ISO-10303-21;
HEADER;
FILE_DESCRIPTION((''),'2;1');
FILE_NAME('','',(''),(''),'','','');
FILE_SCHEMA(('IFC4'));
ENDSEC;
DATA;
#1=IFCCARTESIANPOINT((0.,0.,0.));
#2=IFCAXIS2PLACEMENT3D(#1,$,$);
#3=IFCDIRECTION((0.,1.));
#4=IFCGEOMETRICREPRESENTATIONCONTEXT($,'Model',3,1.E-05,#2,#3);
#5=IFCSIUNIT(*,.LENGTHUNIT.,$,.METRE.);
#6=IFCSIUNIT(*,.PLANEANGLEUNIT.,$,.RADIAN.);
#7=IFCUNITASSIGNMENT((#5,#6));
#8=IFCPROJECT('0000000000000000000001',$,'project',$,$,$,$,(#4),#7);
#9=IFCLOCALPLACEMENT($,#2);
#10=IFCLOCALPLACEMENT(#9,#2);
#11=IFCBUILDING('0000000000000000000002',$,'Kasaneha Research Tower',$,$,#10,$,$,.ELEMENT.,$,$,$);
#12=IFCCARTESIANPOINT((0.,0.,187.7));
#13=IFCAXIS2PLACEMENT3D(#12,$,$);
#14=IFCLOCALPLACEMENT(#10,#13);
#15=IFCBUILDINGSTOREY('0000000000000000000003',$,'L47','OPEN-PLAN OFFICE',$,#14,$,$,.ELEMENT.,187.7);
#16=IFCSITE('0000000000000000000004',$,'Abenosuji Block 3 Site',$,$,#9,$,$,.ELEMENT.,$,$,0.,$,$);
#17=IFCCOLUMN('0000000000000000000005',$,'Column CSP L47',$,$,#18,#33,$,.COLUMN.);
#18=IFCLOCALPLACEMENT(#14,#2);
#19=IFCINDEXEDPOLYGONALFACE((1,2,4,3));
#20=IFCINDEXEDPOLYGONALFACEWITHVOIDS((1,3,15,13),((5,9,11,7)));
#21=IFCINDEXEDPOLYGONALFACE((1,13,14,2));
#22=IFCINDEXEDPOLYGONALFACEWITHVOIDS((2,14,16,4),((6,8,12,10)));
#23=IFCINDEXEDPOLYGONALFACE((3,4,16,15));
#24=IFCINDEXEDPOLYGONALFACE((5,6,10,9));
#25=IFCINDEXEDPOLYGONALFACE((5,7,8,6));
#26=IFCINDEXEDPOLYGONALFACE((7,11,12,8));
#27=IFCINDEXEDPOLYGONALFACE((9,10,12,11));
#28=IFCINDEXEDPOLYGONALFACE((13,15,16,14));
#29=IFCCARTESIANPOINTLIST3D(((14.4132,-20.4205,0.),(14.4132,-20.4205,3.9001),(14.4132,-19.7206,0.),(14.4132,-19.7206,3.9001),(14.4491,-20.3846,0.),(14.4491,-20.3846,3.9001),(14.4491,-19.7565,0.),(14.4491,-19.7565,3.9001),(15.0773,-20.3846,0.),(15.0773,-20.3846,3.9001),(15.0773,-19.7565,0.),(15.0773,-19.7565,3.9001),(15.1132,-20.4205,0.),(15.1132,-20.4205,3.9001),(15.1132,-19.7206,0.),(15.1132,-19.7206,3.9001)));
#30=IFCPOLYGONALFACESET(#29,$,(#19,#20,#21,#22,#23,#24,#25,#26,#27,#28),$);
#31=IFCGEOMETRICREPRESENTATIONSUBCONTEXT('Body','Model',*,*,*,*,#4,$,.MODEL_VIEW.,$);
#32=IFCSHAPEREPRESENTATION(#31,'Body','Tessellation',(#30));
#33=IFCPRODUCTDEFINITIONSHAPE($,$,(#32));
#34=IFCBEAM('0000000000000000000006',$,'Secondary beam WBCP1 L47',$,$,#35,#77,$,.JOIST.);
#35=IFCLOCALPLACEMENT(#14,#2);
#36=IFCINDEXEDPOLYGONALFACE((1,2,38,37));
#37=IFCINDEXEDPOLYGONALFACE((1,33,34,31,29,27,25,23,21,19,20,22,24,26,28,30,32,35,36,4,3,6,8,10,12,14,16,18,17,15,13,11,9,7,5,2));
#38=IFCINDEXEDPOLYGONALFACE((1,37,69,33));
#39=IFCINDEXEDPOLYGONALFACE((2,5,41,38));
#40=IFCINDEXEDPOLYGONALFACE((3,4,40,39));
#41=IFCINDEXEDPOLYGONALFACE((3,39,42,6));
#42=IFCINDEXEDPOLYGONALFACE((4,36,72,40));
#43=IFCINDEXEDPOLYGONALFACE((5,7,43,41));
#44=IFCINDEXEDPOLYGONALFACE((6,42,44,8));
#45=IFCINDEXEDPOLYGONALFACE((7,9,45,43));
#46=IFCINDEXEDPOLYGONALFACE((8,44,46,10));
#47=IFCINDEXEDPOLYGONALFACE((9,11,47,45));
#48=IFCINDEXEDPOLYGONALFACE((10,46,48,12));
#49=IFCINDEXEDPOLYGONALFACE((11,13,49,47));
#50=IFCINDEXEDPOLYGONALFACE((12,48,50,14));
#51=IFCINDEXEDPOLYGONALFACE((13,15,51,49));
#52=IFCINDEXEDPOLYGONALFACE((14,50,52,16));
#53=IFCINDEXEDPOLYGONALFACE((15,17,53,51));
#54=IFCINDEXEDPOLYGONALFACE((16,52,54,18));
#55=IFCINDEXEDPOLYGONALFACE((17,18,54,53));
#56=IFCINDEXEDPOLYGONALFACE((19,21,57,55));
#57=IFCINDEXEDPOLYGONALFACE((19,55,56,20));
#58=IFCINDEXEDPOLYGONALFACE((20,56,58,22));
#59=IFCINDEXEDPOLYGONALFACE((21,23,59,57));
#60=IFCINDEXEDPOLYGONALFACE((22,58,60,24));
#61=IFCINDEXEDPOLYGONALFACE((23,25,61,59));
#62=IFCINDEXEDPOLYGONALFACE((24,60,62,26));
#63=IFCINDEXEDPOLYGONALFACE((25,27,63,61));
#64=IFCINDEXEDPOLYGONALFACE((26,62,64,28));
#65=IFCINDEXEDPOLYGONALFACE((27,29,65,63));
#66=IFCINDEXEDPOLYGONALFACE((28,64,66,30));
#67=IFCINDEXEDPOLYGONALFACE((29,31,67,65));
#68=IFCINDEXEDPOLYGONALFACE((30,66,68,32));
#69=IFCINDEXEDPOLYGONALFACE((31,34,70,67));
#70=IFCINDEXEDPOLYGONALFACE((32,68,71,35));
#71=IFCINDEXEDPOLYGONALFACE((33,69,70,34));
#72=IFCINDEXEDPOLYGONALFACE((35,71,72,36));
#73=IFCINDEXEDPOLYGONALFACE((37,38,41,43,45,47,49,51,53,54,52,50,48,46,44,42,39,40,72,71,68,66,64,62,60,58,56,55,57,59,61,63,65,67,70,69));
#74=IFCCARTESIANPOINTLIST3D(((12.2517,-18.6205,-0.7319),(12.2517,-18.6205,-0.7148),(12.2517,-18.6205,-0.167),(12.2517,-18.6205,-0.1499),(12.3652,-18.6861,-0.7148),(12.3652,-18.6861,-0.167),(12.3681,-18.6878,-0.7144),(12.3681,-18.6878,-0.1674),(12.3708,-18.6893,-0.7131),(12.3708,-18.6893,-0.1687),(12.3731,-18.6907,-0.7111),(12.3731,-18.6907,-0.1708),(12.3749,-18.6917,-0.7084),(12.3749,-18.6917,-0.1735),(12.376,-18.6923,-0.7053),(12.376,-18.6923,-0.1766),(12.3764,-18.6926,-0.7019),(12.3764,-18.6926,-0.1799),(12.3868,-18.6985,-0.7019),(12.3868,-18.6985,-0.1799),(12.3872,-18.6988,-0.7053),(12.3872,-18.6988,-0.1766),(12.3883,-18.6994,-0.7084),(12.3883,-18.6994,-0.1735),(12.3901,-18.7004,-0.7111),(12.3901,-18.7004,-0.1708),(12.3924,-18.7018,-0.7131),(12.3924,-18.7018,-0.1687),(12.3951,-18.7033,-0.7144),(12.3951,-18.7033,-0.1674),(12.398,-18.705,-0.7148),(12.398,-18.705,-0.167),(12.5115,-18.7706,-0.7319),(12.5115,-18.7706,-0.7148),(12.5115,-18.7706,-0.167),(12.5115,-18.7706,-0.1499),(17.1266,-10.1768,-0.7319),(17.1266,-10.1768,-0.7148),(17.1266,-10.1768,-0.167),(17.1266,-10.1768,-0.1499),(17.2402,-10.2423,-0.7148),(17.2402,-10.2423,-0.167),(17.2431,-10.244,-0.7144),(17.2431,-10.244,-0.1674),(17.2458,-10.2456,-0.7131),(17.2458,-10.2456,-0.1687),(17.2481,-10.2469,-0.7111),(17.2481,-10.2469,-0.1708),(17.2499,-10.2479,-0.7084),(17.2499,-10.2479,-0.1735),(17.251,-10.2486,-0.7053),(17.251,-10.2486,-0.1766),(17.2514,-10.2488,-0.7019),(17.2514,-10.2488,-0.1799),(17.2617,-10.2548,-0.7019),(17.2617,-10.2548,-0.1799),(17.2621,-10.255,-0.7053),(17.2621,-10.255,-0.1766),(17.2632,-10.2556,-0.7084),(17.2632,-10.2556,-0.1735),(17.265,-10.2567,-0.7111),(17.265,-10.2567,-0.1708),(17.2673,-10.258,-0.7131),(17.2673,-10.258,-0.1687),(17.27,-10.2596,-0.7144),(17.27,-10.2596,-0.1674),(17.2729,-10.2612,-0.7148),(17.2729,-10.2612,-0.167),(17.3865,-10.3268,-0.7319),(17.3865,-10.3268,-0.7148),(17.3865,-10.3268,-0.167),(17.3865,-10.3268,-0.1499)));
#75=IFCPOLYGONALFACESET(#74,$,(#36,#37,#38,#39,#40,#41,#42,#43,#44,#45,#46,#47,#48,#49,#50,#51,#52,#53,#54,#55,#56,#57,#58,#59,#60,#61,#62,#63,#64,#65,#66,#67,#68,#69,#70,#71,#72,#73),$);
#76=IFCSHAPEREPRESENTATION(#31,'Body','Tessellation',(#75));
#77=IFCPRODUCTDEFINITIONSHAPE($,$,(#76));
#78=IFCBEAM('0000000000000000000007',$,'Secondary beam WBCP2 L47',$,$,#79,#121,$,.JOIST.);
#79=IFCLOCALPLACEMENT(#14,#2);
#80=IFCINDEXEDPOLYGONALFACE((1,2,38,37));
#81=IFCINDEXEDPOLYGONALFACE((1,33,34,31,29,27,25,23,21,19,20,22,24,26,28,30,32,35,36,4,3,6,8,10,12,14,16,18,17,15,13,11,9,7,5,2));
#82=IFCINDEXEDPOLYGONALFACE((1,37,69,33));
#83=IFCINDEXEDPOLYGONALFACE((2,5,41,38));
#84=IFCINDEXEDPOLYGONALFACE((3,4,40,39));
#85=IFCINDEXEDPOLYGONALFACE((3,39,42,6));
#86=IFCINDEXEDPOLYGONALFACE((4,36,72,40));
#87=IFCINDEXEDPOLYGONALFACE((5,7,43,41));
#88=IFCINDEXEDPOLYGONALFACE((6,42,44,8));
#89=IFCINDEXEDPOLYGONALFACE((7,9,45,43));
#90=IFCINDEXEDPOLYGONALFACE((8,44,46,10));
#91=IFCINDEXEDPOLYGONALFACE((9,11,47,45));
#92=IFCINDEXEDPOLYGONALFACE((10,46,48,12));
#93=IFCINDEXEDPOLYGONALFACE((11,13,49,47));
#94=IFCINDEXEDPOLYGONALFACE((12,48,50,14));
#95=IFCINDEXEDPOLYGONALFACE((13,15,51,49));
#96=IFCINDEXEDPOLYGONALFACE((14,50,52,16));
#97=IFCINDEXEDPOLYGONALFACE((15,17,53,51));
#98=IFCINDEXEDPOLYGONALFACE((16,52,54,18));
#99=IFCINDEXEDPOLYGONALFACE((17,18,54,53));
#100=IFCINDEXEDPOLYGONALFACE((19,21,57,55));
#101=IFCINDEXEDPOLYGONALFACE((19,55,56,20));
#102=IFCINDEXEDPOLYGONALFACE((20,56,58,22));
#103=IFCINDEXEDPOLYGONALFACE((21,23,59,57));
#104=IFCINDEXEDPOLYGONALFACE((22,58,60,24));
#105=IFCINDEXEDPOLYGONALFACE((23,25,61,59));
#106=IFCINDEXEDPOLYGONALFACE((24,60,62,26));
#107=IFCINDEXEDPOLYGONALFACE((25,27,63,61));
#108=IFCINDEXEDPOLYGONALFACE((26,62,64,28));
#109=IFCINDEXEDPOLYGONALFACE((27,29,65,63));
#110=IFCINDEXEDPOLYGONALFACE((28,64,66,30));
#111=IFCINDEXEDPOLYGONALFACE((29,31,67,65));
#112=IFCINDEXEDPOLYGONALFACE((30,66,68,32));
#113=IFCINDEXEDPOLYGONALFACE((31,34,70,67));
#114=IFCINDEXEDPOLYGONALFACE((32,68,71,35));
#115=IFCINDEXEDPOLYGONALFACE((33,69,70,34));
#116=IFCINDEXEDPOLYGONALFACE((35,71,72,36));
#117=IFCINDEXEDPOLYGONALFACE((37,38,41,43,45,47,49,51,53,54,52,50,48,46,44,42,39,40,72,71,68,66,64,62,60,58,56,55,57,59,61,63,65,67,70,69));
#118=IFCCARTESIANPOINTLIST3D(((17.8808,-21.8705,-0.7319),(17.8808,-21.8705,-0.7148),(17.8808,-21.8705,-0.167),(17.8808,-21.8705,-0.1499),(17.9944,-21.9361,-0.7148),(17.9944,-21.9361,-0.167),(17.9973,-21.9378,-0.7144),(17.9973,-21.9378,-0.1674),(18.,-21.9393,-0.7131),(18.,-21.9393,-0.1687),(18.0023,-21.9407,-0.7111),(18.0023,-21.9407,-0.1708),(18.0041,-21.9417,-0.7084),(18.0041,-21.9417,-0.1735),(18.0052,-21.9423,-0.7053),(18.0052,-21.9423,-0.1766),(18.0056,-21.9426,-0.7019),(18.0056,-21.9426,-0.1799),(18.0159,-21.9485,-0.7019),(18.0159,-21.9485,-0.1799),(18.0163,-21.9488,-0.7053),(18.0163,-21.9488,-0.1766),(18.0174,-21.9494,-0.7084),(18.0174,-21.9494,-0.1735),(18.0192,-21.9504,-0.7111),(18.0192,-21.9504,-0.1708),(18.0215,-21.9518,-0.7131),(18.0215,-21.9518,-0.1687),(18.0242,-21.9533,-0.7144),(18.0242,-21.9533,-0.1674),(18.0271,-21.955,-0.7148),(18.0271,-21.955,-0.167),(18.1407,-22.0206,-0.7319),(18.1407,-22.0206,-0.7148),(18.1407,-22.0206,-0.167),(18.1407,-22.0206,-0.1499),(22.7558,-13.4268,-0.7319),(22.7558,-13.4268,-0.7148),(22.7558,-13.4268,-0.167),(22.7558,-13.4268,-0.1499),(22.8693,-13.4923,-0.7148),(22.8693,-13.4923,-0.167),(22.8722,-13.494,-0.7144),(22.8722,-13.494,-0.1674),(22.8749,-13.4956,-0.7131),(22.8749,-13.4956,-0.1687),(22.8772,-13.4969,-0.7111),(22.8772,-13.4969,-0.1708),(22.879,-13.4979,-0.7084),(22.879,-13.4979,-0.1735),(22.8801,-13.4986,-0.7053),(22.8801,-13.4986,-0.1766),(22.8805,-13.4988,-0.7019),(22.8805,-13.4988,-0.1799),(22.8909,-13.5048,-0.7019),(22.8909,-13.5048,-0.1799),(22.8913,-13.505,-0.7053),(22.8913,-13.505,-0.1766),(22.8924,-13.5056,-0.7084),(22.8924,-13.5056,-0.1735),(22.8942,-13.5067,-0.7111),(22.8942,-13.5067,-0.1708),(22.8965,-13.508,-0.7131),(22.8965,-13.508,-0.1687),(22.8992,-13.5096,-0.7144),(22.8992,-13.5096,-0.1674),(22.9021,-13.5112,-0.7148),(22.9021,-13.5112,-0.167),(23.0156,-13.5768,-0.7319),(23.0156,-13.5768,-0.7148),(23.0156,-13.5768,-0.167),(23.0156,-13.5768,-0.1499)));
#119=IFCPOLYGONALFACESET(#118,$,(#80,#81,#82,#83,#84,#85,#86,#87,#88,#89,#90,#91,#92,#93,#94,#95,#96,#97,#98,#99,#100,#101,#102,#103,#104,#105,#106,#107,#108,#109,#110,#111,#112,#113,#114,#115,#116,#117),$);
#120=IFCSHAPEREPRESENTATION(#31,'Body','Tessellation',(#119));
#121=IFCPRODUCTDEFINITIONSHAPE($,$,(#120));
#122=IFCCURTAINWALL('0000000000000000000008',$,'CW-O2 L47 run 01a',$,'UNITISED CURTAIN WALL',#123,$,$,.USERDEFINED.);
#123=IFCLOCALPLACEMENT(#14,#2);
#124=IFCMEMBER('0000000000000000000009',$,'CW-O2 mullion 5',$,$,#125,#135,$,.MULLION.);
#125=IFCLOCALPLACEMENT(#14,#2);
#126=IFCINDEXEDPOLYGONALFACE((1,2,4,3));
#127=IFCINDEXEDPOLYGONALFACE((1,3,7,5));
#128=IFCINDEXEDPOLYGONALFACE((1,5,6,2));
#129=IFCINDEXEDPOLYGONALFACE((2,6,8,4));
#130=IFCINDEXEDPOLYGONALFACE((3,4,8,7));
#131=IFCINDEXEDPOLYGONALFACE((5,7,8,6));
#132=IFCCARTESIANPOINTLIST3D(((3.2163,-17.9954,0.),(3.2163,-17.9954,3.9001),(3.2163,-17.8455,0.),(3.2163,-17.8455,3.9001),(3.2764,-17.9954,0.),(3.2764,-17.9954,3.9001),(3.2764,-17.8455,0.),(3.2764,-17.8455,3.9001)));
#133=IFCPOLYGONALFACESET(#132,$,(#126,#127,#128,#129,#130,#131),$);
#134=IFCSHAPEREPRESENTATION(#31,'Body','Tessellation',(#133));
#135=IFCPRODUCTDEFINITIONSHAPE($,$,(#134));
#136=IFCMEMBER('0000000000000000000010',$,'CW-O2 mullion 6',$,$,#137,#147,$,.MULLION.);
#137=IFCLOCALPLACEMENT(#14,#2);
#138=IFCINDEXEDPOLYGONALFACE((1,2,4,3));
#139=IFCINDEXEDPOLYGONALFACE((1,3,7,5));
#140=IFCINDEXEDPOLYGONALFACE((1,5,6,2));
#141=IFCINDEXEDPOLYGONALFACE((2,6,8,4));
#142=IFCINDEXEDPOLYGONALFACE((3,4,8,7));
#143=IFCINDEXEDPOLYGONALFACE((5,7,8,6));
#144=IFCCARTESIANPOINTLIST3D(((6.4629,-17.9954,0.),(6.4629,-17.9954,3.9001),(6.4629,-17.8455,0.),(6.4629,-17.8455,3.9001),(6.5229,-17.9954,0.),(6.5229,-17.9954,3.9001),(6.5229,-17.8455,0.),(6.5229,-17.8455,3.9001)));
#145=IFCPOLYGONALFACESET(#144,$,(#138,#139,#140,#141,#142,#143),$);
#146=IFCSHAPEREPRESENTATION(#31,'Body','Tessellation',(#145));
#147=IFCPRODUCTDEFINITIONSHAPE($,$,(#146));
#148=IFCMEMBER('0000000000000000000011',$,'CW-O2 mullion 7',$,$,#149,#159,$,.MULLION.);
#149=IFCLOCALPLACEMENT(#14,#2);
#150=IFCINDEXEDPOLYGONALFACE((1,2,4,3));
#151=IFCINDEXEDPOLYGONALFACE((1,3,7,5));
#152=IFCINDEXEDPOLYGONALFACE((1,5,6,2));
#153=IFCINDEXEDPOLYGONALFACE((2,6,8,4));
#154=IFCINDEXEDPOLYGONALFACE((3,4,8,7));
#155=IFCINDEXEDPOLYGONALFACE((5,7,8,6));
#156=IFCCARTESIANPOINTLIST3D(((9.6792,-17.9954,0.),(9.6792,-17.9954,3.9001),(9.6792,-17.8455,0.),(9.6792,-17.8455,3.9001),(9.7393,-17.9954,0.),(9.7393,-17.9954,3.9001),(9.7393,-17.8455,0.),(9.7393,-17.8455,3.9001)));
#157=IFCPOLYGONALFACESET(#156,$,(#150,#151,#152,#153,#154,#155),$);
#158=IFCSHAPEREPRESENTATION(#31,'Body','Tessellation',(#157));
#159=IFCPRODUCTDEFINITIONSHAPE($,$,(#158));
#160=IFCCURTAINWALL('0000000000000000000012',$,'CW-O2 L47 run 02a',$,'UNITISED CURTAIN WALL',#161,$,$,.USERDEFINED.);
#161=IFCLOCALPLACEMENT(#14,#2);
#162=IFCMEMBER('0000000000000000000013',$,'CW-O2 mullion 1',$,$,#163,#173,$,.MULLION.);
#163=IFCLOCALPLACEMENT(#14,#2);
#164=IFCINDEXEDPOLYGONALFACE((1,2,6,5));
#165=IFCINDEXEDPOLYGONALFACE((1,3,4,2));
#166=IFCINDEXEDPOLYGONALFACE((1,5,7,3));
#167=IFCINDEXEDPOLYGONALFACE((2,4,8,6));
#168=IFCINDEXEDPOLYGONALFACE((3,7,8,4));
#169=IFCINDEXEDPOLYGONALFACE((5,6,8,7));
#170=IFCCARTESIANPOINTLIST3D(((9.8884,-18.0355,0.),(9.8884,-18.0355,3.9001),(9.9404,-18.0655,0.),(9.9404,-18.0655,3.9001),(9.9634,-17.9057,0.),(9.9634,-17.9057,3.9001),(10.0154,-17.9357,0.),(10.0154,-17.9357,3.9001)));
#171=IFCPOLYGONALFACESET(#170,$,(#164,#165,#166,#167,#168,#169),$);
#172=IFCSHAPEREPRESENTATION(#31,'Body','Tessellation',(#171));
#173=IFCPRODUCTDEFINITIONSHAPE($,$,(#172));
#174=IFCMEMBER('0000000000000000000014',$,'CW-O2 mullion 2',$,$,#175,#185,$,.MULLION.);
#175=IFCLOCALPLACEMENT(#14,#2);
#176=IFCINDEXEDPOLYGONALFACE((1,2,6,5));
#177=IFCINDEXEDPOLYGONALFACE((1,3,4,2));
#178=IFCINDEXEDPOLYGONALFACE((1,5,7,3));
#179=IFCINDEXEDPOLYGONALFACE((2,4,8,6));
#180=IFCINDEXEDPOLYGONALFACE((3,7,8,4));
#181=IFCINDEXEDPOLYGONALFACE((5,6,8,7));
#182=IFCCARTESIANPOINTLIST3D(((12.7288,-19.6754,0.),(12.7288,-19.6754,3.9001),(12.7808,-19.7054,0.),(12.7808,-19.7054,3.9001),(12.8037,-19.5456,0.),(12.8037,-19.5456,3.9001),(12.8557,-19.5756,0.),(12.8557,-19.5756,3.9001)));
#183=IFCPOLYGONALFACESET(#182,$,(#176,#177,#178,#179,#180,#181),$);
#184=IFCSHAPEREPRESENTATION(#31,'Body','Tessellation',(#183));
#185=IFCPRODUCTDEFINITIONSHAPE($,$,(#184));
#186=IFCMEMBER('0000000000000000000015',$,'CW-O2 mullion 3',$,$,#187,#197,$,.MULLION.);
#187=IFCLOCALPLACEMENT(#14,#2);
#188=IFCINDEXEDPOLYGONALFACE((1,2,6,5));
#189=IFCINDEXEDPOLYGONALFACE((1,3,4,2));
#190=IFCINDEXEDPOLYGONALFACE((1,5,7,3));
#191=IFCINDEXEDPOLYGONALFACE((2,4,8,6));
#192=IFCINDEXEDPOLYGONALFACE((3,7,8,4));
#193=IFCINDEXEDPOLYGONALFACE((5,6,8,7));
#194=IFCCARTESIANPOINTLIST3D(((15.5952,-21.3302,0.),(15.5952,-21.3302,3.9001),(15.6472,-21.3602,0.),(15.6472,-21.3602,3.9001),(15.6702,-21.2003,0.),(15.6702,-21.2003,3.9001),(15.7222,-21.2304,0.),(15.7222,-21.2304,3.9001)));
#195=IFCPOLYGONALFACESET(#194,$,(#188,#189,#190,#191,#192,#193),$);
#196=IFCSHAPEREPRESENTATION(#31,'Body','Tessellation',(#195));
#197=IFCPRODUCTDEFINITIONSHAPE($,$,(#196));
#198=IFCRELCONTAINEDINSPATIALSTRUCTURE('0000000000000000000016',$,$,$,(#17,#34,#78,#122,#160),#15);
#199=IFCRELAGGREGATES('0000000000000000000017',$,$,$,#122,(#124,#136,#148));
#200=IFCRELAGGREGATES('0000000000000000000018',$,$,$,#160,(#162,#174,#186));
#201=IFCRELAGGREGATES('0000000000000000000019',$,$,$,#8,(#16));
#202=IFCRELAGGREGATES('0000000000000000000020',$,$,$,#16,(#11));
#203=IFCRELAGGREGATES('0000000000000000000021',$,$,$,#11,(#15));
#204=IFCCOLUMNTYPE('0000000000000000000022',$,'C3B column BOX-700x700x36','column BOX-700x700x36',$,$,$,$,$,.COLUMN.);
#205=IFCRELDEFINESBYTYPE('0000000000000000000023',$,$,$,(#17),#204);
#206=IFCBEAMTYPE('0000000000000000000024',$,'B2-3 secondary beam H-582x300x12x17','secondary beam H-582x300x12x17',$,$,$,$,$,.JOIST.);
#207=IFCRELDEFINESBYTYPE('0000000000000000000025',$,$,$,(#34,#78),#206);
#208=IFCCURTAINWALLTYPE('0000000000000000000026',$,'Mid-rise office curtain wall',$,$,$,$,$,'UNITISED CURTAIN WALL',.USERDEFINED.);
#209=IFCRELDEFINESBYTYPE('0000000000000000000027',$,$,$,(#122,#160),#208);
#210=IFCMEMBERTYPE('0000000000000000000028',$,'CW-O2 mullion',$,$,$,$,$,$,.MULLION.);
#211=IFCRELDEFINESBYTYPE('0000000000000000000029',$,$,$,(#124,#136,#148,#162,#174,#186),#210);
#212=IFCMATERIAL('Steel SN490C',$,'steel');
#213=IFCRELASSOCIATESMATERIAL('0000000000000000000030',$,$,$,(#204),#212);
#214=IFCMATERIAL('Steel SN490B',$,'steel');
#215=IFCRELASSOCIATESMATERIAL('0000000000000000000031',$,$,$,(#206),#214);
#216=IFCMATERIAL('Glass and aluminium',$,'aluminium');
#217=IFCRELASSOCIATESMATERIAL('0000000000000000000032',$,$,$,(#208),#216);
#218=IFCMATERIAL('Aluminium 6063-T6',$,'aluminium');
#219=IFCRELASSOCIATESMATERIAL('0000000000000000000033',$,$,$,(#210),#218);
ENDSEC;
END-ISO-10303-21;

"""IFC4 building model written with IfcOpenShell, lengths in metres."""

from ifc_helpers import new_model, si_unit, direction, frame, origin, origin_2d, place, context, subcontext, project, spatial, rectangle, hollow_rectangle, i_section, extrude, material, material_profile, profile_set, type_object, element, aggregate, save


model = new_model("IFC4")

# Units and contexts
model_context = context("Model", 3, precision=1e-05, world=origin(), true_north=direction((0.0, 1.0)))
body_context = subcontext(model_context, "Body", "Model", "MODEL_VIEW")
ifc_project = project(units=[si_unit("LENGTHUNIT", "METRE"), si_unit("PLANEANGLEUNIT", "RADIAN")], contexts=[model_context])

# Site, building, storey
site_placement = place(None, origin())
site = spatial("IfcSite", under=ifc_project, at=site_placement, Name="Abenosuji Block 3 Site", CompositionType="ELEMENT", RefElevation=0.0)
building_placement = place(site_placement, origin())
building = spatial("IfcBuilding", under=site, at=building_placement, Name="Kasaneha Research Tower", CompositionType="ELEMENT")
storey_placement = place(building_placement, frame((0.0, 0.0, 187.7)))
storey = spatial("IfcBuildingStorey", under=building, at=storey_placement, Name="L47", Description="OPEN-PLAN OFFICE", CompositionType="ELEMENT", Elevation=187.7)

# Column
ifc_material_1 = material(Name="Steel SN490C", Category="steel")
ifc_material_profile_1 = material_profile(ifc_material_1, hollow_rectangle(XDim=0.7, YDim=0.7, WallThickness=0.0359, at=origin_2d()), Name="BOX-700x700x36")
ifc_profile_set_1 = profile_set([ifc_material_profile_1], Name="Steel SN490C")
column_type = type_object("IfcColumnType", Name="C3B column BOX-700x700x36", Description="column BOX-700x700x36", PredefinedType="COLUMN", material=ifc_profile_set_1)
column_placement = place(storey_placement, frame((14.7632, -20.0706, 0.0), z_axis=(0.0, 0.0, 1.0), x_axis=(1.0, 0.0, 0.0)))
element("IfcColumn", 1, at=column_placement, inside=storey, type_object=column_type, Name="Column CSP L47", PredefinedType="COLUMN", context=body_context, shape_type="SweptSolid", body=[
    extrude(hollow_rectangle(XDim=0.7, YDim=0.7, WallThickness=0.0359, at=origin_2d()), origin(), (0.0, 0.0, 1.0), 3.9001),
])

# Beams
ifc_material_2 = material(Name="Steel SN490B", Category="steel")
ifc_material_profile_2 = material_profile(ifc_material_2, i_section(OverallWidth=0.3, OverallDepth=0.582, WebThickness=0.012, FlangeThickness=0.0171, FilletRadius=0.0129, at=origin_2d()), Name="H-582x300x12x17")
ifc_profile_set_2 = profile_set([ifc_material_profile_2], Name="Steel SN490B")
beam_type_1 = type_object("IfcBeamType", Name="B2-3 secondary beam H-582x300x12x17", Description="secondary beam H-582x300x12x17", PredefinedType="JOIST", material=ifc_profile_set_2)
for number, where, z_axis, x_axis, name in (
    (2, (12.3816, -18.6956, -0.4409), (0.499996, 0.866028, 0.0), (-0.866028, 0.499996, 0.0), "Secondary beam WBCP1 L47"),
    (3, (18.0107, -21.9456, -0.4409), (0.499996, 0.866028, 0.0), (-0.866028, 0.499996, 0.0), "Secondary beam WBCP2 L47"),
):
    element("IfcBeam", number, at=place(storey_placement, frame(where, z_axis=z_axis, x_axis=x_axis)), inside=storey, type_object=beam_type_1, Name=name, PredefinedType="JOIST", context=body_context, shape_type="SweptSolid", body=[
        extrude(i_section(OverallWidth=0.3, OverallDepth=0.582, WebThickness=0.012, FlangeThickness=0.0171, FilletRadius=0.0129, at=origin_2d()), origin(), (0.0, 0.0, 1.0), 9.75),
    ])

# Curtain walls, members
ifc_material_3 = material(Name="Glass and aluminium", Category="aluminium")
curtain_wall_type = type_object("IfcCurtainWallType", Name="Mid-rise office curtain wall", ElementType="UNITISED CURTAIN WALL", PredefinedType="USERDEFINED", material=ifc_material_3)
curtain_wall_1_placement = place(storey_placement, origin())
curtain_wall_1 = element("IfcCurtainWall", 4, at=curtain_wall_1_placement, inside=storey, type_object=curtain_wall_type, Name="CW-O2 L47 run 01a", ObjectType="UNITISED CURTAIN WALL", PredefinedType="USERDEFINED")
ifc_material_4 = material(Name="Aluminium 6063-T6", Category="aluminium")
ifc_material_profile_3 = material_profile(ifc_material_4, rectangle(XDim=0.0601, YDim=0.1499, at=origin_2d()), Name="CW-O2 mullion 60x150")
ifc_profile_set_3 = profile_set([ifc_material_profile_3], Name="Aluminium 6063-T6")
member_type_1 = type_object("IfcMemberType", Name="CW-O2 mullion", PredefinedType="MULLION", material=ifc_profile_set_3)
member_1_placement = place(storey_placement, frame((3.2463, -17.9204, 0.0), z_axis=(0.0, 0.0, 1.0), x_axis=(1.0, 0.0, 0.0)))
member_1 = element("IfcMember", 5, at=member_1_placement, type_object=member_type_1, Name="CW-O2 mullion 5", PredefinedType="MULLION", context=body_context, shape_type="SweptSolid", body=[
    extrude(rectangle(XDim=0.0601, YDim=0.1499, at=origin_2d()), origin(), (0.0, 0.0, 1.0), 3.9001),
])
member_2_placement = place(storey_placement, frame((6.4929, -17.9204, 0.0), z_axis=(0.0, 0.0, 1.0), x_axis=(1.0, 0.0, 0.0)))
member_2 = element("IfcMember", 6, at=member_2_placement, type_object=member_type_1, Name="CW-O2 mullion 6", PredefinedType="MULLION", context=body_context, shape_type="SweptSolid", body=[
    extrude(rectangle(XDim=0.0601, YDim=0.1499, at=origin_2d()), origin(), (0.0, 0.0, 1.0), 3.9001),
])
member_3_placement = place(storey_placement, frame((9.7092, -17.9204, 0.0), z_axis=(0.0, 0.0, 1.0), x_axis=(1.0, 0.0, 0.0)))
member_3 = element("IfcMember", 7, at=member_3_placement, type_object=member_type_1, Name="CW-O2 mullion 7", PredefinedType="MULLION", context=body_context, shape_type="SweptSolid", body=[
    extrude(rectangle(XDim=0.0601, YDim=0.1499, at=origin_2d()), origin(), (0.0, 0.0, 1.0), 3.9001),
])
curtain_wall_2_placement = place(storey_placement, origin())
curtain_wall_2 = element("IfcCurtainWall", 8, at=curtain_wall_2_placement, inside=storey, type_object=curtain_wall_type, Name="CW-O2 L47 run 02a", ObjectType="UNITISED CURTAIN WALL", PredefinedType="USERDEFINED")
member_4_placement = place(storey_placement, frame((9.9519, -17.9856, 0.0), z_axis=(0.0, 0.0, 1.0), x_axis=(0.866025, -0.5, 0.0)))
member_4 = element("IfcMember", 9, at=member_4_placement, type_object=member_type_1, Name="CW-O2 mullion 1", PredefinedType="MULLION", context=body_context, shape_type="SweptSolid", body=[
    extrude(rectangle(XDim=0.0601, YDim=0.1499, at=origin_2d()), origin(), (0.0, 0.0, 1.0), 3.9001),
])
member_5_placement = place(storey_placement, frame((12.7922, -19.6255, 0.0), z_axis=(0.0, 0.0, 1.0), x_axis=(0.866025, -0.5, 0.0)))
member_5 = element("IfcMember", 10, at=member_5_placement, type_object=member_type_1, Name="CW-O2 mullion 2", PredefinedType="MULLION", context=body_context, shape_type="SweptSolid", body=[
    extrude(rectangle(XDim=0.0601, YDim=0.1499, at=origin_2d()), origin(), (0.0, 0.0, 1.0), 3.9001),
])
member_6_placement = place(storey_placement, frame((15.6587, -21.2803, 0.0), z_axis=(0.0, 0.0, 1.0), x_axis=(0.866025, -0.5, 0.0)))
member_6 = element("IfcMember", 11, at=member_6_placement, type_object=member_type_1, Name="CW-O2 mullion 3", PredefinedType="MULLION", context=body_context, shape_type="SweptSolid", body=[
    extrude(rectangle(XDim=0.0601, YDim=0.1499, at=origin_2d()), origin(), (0.0, 0.0, 1.0), 3.9001),
])

aggregate(curtain_wall_1, [member_1, member_2, member_3])
aggregate(curtain_wall_2, [member_4, member_5, member_6])

save(model, "model.ifc")
